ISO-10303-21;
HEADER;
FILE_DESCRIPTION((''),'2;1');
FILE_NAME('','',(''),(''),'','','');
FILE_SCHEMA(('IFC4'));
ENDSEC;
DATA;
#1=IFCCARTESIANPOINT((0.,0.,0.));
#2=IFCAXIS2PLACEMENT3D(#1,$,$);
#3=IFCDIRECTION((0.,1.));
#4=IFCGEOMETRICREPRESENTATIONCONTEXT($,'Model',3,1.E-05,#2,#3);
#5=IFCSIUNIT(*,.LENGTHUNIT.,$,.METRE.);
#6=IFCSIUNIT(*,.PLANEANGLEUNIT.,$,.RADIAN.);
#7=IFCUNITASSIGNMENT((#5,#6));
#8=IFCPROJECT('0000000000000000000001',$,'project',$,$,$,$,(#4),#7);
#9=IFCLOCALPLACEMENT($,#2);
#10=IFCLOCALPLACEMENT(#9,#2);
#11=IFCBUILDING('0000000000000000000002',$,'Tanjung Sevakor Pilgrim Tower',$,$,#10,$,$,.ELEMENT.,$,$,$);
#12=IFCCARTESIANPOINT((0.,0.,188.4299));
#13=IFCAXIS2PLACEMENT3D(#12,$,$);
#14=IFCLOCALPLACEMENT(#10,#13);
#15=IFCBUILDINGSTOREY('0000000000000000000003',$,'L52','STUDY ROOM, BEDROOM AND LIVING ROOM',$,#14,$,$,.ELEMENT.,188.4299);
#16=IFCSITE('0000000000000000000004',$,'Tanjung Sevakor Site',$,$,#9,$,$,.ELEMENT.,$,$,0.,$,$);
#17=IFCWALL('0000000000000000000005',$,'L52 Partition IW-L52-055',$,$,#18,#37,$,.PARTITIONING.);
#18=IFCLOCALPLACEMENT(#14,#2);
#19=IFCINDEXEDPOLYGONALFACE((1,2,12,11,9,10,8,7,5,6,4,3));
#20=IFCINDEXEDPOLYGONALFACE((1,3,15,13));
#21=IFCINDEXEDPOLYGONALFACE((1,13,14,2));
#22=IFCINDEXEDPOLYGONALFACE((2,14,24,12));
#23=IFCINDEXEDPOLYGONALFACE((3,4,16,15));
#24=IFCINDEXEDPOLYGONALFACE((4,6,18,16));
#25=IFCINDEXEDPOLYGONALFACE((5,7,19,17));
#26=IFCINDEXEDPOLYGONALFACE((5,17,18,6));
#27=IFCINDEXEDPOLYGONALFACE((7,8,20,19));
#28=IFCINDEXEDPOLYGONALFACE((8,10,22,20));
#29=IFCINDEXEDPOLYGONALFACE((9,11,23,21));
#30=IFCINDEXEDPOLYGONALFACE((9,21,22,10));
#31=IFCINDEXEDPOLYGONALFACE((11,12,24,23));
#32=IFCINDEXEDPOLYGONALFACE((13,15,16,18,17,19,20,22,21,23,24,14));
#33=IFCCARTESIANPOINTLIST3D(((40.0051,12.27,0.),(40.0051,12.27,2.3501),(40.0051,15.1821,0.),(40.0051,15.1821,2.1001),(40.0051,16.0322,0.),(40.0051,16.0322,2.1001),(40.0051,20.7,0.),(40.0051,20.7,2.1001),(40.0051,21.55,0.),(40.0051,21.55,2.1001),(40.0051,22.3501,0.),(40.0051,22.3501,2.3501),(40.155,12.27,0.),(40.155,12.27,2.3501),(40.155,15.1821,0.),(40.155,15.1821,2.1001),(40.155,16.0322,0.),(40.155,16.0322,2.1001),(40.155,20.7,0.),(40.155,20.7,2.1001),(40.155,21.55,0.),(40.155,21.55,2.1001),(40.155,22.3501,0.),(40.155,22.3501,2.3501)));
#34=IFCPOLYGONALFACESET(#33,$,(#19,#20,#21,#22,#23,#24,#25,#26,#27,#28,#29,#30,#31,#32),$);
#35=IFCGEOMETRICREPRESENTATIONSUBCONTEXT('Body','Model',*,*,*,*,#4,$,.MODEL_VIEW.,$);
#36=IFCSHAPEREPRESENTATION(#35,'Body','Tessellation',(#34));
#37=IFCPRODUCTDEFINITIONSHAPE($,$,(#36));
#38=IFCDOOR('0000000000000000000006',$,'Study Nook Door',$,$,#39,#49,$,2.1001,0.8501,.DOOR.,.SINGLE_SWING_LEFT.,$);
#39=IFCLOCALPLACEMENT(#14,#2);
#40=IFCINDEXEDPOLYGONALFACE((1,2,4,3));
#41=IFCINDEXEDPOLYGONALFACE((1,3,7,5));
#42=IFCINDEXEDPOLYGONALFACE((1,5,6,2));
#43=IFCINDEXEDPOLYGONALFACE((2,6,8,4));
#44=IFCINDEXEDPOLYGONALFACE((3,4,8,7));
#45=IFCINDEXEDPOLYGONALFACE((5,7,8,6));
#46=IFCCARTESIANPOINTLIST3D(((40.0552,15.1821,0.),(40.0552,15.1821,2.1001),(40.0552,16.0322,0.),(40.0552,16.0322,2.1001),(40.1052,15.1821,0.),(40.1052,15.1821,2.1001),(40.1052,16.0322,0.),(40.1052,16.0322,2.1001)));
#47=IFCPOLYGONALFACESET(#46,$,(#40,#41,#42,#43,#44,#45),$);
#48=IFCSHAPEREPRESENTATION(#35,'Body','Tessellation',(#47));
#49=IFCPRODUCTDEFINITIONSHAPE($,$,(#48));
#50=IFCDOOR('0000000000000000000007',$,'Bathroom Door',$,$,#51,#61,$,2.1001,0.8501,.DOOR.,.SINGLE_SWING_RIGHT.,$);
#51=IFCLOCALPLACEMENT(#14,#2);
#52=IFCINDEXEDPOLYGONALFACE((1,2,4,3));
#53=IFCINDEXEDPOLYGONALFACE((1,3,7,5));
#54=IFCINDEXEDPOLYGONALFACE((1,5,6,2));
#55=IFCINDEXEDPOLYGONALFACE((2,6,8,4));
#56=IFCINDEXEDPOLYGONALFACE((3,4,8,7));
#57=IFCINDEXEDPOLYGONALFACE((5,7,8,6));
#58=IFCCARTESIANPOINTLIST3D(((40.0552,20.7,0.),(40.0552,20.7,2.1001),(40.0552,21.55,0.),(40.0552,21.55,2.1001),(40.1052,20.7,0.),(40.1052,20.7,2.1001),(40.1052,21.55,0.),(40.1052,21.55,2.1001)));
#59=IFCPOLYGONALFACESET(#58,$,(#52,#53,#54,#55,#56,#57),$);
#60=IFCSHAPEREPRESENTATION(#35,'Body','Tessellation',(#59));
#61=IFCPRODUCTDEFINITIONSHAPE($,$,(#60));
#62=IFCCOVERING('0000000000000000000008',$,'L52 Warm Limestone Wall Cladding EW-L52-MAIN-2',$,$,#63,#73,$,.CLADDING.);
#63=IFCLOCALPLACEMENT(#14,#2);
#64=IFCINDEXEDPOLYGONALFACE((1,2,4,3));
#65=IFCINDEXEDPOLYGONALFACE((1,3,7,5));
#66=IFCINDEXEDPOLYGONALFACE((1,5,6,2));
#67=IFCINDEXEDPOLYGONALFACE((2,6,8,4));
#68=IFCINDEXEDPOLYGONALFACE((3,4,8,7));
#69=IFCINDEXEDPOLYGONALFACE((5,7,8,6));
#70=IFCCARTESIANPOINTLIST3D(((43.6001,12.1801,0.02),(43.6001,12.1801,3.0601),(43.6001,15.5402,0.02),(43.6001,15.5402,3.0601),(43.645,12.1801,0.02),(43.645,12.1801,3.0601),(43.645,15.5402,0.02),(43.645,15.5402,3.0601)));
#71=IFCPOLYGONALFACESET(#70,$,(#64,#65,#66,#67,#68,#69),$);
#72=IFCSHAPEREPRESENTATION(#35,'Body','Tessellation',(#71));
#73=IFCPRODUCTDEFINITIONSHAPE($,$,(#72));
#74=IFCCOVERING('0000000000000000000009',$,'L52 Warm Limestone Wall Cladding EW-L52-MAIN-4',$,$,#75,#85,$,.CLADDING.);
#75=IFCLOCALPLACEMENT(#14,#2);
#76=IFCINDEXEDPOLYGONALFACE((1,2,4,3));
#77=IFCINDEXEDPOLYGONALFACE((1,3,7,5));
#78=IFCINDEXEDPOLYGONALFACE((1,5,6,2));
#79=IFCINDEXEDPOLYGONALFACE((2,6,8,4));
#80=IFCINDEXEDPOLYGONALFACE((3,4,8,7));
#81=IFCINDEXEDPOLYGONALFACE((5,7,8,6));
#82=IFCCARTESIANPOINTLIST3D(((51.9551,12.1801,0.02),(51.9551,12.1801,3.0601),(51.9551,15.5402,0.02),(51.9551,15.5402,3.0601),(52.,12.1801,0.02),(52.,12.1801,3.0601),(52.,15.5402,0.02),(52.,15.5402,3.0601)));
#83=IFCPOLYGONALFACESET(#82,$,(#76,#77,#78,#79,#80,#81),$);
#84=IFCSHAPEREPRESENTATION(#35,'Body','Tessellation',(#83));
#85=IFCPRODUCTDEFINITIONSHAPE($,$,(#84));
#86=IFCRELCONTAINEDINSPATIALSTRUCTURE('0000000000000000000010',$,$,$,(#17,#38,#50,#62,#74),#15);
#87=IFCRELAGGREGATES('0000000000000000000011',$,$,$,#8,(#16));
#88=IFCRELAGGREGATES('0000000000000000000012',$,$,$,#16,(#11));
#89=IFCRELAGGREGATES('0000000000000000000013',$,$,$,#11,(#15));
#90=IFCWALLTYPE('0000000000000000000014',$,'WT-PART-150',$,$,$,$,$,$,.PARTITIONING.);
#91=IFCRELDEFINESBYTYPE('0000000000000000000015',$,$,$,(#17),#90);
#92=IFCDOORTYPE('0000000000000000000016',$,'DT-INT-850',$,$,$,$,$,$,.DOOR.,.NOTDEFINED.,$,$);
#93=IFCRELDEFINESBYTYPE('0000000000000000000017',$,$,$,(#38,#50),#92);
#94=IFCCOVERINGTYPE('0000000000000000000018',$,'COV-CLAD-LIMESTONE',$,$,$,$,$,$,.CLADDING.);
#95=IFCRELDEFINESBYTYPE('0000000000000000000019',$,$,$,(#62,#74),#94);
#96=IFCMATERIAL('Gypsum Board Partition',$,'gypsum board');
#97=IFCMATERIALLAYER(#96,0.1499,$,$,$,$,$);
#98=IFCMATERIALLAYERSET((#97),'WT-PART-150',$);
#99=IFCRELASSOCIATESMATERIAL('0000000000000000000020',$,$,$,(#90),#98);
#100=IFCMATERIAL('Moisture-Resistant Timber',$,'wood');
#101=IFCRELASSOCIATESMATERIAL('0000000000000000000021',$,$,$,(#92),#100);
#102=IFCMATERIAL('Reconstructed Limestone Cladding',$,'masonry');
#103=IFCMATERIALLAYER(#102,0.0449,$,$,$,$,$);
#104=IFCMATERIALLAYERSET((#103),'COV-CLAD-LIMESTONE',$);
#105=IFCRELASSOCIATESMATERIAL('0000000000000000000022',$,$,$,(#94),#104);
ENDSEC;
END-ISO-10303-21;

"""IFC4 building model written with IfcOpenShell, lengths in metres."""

from ifc_helpers import new_model, si_unit, direction, frame, frame_2d, origin, origin_2d, place, context, subcontext, project, spatial, rectangle, extrude, material, layer, layer_set, type_object, element, fill, save


model = new_model("IFC4")

# Units and contexts
model_context = context("Model", 3, precision=1e-05, world=origin(), true_north=direction((0.0, 1.0)))
body_context = subcontext(model_context, "Body", "Model", "MODEL_VIEW")
ifc_project = project(units=[si_unit("LENGTHUNIT", "METRE"), si_unit("PLANEANGLEUNIT", "RADIAN")], contexts=[model_context])

# Site, building, storey
site_placement = place(None, origin())
site = spatial("IfcSite", under=ifc_project, at=site_placement, Name="Tanjung Sevakor Site", CompositionType="ELEMENT", RefElevation=0.0)
building_placement = place(site_placement, origin())
building = spatial("IfcBuilding", under=site, at=building_placement, Name="Tanjung Sevakor Pilgrim Tower", CompositionType="ELEMENT")
storey_placement = place(building_placement, frame((0.0, 0.0, 188.4299)))
storey = spatial("IfcBuildingStorey", under=building, at=storey_placement, Name="L52", Description="STUDY ROOM, BEDROOM AND LIVING ROOM", CompositionType="ELEMENT", Elevation=188.4299)

# Wall, openings, doors
ifc_material_1 = material(Name="Gypsum Board Partition", Category="gypsum board")
ifc_layer_1 = layer(ifc_material_1, 0.1499)
ifc_layer_set_1 = layer_set([ifc_layer_1], Name="WT-PART-150")
wall_type_1 = type_object("IfcWallType", Name="WT-PART-150", PredefinedType="PARTITIONING", material=ifc_layer_set_1)
wall_1_placement = place(storey_placement, frame((40.0801, 12.27, 0.0), z_axis=(0.0, 0.0, 1.0), x_axis=(0.0, 1.0, 0.0)))
wall_1 = element("IfcWall", 1, at=wall_1_placement, inside=storey, type_object=wall_type_1, Name="L52 Partition IW-L52-055", PredefinedType="PARTITIONING", context=body_context, shape_type="SweptSolid", body=[
    extrude(rectangle(XDim=10.0801, YDim=0.1499, at=frame_2d((5.04, 0.0))), origin(), (0.0, 0.0, 1.0), 2.3501),
])
opening_1_placement = place(wall_1_placement, frame((2.9121, 0.0, 0.0)))
opening_1 = element("IfcOpeningElement", 2, at=opening_1_placement, cuts=wall_1, PredefinedType="OPENING", context=body_context, shape_type="SweptSolid", body=[
    extrude(rectangle(XDim=0.8501, YDim=2.1001, at=frame_2d((0.425, 1.05))), frame((0.0, 0.085, 0.0), z_axis=(0.0, -1.0, 0.0), x_axis=(1.0, 0.0, 0.0)), (0.0, 0.0, 1.0), 0.1699),
])
opening_2_placement = place(wall_1_placement, frame((8.4299, 0.0, 0.0)))
opening_2 = element("IfcOpeningElement", 3, at=opening_2_placement, cuts=wall_1, PredefinedType="OPENING", context=body_context, shape_type="SweptSolid", body=[
    extrude(rectangle(XDim=0.8501, YDim=2.1001, at=frame_2d((0.425, 1.05))), frame((0.0, 0.085, 0.0), z_axis=(0.0, -1.0, 0.0), x_axis=(1.0, 0.0, 0.0)), (0.0, 0.0, 1.0), 0.1699),
])
ifc_material_2 = material(Name="Moisture-Resistant Timber", Category="wood")
door_type_1 = type_object("IfcDoorType", Name="DT-INT-850", OperationType="NOTDEFINED", PredefinedType="DOOR", material=ifc_material_2)
door_1_placement = place(opening_1_placement, origin())
door_1 = element("IfcDoor", 4, at=door_1_placement, inside=storey, type_object=door_type_1, Name="Study Nook Door", OperationType="SINGLE_SWING_LEFT", OverallHeight=2.1001, OverallWidth=0.8501, PredefinedType="DOOR", context=body_context, shape_type="SweptSolid", body=[
    extrude(rectangle(XDim=0.8501, YDim=2.1001, at=frame_2d((0.425, 1.05))), frame((0.0, 0.0249, 0.0), z_axis=(0.0, -1.0, 0.0), x_axis=(1.0, 0.0, 0.0)), (0.0, 0.0, 1.0), 0.05),
])
fill(opening_1, door_1)
door_2_placement = place(opening_2_placement, origin())
door_2 = element("IfcDoor", 5, at=door_2_placement, inside=storey, type_object=door_type_1, Name="Bathroom Door", OperationType="SINGLE_SWING_RIGHT", OverallHeight=2.1001, OverallWidth=0.8501, PredefinedType="DOOR", context=body_context, shape_type="SweptSolid", body=[
    extrude(rectangle(XDim=0.8501, YDim=2.1001, at=frame_2d((0.425, 1.05))), frame((0.0, 0.0249, 0.0), z_axis=(0.0, -1.0, 0.0), x_axis=(1.0, 0.0, 0.0)), (0.0, 0.0, 1.0), 0.05),
])
fill(opening_2, door_2)

# Coverings
ifc_material_3 = material(Name="Reconstructed Limestone Cladding", Category="masonry")
ifc_layer_2 = layer(ifc_material_3, 0.0449)
ifc_layer_set_2 = layer_set([ifc_layer_2], Name="COV-CLAD-LIMESTONE")
covering_type = type_object("IfcCoveringType", Name="COV-CLAD-LIMESTONE", PredefinedType="CLADDING", material=ifc_layer_set_2)
for number, where, z_axis, x_axis, name in (
    (6, (43.6226, 13.8601, 0.02), (0.0, 0.0, 1.0), (0.0, 1.0, 0.0), "L52 Warm Limestone Wall Cladding EW-L52-MAIN-2"),
    (7, (51.9775, 13.8601, 0.02), (0.0, 0.0, 1.0), (0.0, -1.0, 0.0), "L52 Warm Limestone Wall Cladding EW-L52-MAIN-4"),
):
    element("IfcCovering", number, at=place(storey_placement, frame(where, z_axis=z_axis, x_axis=x_axis)), inside=storey, type_object=covering_type, Name=name, PredefinedType="CLADDING", context=body_context, shape_type="SweptSolid", body=[
        extrude(rectangle(XDim=3.3601, YDim=0.0449, at=origin_2d()), origin(), (0.0, 0.0, 1.0), 3.04),
    ])

save(model, "model.ifc")
